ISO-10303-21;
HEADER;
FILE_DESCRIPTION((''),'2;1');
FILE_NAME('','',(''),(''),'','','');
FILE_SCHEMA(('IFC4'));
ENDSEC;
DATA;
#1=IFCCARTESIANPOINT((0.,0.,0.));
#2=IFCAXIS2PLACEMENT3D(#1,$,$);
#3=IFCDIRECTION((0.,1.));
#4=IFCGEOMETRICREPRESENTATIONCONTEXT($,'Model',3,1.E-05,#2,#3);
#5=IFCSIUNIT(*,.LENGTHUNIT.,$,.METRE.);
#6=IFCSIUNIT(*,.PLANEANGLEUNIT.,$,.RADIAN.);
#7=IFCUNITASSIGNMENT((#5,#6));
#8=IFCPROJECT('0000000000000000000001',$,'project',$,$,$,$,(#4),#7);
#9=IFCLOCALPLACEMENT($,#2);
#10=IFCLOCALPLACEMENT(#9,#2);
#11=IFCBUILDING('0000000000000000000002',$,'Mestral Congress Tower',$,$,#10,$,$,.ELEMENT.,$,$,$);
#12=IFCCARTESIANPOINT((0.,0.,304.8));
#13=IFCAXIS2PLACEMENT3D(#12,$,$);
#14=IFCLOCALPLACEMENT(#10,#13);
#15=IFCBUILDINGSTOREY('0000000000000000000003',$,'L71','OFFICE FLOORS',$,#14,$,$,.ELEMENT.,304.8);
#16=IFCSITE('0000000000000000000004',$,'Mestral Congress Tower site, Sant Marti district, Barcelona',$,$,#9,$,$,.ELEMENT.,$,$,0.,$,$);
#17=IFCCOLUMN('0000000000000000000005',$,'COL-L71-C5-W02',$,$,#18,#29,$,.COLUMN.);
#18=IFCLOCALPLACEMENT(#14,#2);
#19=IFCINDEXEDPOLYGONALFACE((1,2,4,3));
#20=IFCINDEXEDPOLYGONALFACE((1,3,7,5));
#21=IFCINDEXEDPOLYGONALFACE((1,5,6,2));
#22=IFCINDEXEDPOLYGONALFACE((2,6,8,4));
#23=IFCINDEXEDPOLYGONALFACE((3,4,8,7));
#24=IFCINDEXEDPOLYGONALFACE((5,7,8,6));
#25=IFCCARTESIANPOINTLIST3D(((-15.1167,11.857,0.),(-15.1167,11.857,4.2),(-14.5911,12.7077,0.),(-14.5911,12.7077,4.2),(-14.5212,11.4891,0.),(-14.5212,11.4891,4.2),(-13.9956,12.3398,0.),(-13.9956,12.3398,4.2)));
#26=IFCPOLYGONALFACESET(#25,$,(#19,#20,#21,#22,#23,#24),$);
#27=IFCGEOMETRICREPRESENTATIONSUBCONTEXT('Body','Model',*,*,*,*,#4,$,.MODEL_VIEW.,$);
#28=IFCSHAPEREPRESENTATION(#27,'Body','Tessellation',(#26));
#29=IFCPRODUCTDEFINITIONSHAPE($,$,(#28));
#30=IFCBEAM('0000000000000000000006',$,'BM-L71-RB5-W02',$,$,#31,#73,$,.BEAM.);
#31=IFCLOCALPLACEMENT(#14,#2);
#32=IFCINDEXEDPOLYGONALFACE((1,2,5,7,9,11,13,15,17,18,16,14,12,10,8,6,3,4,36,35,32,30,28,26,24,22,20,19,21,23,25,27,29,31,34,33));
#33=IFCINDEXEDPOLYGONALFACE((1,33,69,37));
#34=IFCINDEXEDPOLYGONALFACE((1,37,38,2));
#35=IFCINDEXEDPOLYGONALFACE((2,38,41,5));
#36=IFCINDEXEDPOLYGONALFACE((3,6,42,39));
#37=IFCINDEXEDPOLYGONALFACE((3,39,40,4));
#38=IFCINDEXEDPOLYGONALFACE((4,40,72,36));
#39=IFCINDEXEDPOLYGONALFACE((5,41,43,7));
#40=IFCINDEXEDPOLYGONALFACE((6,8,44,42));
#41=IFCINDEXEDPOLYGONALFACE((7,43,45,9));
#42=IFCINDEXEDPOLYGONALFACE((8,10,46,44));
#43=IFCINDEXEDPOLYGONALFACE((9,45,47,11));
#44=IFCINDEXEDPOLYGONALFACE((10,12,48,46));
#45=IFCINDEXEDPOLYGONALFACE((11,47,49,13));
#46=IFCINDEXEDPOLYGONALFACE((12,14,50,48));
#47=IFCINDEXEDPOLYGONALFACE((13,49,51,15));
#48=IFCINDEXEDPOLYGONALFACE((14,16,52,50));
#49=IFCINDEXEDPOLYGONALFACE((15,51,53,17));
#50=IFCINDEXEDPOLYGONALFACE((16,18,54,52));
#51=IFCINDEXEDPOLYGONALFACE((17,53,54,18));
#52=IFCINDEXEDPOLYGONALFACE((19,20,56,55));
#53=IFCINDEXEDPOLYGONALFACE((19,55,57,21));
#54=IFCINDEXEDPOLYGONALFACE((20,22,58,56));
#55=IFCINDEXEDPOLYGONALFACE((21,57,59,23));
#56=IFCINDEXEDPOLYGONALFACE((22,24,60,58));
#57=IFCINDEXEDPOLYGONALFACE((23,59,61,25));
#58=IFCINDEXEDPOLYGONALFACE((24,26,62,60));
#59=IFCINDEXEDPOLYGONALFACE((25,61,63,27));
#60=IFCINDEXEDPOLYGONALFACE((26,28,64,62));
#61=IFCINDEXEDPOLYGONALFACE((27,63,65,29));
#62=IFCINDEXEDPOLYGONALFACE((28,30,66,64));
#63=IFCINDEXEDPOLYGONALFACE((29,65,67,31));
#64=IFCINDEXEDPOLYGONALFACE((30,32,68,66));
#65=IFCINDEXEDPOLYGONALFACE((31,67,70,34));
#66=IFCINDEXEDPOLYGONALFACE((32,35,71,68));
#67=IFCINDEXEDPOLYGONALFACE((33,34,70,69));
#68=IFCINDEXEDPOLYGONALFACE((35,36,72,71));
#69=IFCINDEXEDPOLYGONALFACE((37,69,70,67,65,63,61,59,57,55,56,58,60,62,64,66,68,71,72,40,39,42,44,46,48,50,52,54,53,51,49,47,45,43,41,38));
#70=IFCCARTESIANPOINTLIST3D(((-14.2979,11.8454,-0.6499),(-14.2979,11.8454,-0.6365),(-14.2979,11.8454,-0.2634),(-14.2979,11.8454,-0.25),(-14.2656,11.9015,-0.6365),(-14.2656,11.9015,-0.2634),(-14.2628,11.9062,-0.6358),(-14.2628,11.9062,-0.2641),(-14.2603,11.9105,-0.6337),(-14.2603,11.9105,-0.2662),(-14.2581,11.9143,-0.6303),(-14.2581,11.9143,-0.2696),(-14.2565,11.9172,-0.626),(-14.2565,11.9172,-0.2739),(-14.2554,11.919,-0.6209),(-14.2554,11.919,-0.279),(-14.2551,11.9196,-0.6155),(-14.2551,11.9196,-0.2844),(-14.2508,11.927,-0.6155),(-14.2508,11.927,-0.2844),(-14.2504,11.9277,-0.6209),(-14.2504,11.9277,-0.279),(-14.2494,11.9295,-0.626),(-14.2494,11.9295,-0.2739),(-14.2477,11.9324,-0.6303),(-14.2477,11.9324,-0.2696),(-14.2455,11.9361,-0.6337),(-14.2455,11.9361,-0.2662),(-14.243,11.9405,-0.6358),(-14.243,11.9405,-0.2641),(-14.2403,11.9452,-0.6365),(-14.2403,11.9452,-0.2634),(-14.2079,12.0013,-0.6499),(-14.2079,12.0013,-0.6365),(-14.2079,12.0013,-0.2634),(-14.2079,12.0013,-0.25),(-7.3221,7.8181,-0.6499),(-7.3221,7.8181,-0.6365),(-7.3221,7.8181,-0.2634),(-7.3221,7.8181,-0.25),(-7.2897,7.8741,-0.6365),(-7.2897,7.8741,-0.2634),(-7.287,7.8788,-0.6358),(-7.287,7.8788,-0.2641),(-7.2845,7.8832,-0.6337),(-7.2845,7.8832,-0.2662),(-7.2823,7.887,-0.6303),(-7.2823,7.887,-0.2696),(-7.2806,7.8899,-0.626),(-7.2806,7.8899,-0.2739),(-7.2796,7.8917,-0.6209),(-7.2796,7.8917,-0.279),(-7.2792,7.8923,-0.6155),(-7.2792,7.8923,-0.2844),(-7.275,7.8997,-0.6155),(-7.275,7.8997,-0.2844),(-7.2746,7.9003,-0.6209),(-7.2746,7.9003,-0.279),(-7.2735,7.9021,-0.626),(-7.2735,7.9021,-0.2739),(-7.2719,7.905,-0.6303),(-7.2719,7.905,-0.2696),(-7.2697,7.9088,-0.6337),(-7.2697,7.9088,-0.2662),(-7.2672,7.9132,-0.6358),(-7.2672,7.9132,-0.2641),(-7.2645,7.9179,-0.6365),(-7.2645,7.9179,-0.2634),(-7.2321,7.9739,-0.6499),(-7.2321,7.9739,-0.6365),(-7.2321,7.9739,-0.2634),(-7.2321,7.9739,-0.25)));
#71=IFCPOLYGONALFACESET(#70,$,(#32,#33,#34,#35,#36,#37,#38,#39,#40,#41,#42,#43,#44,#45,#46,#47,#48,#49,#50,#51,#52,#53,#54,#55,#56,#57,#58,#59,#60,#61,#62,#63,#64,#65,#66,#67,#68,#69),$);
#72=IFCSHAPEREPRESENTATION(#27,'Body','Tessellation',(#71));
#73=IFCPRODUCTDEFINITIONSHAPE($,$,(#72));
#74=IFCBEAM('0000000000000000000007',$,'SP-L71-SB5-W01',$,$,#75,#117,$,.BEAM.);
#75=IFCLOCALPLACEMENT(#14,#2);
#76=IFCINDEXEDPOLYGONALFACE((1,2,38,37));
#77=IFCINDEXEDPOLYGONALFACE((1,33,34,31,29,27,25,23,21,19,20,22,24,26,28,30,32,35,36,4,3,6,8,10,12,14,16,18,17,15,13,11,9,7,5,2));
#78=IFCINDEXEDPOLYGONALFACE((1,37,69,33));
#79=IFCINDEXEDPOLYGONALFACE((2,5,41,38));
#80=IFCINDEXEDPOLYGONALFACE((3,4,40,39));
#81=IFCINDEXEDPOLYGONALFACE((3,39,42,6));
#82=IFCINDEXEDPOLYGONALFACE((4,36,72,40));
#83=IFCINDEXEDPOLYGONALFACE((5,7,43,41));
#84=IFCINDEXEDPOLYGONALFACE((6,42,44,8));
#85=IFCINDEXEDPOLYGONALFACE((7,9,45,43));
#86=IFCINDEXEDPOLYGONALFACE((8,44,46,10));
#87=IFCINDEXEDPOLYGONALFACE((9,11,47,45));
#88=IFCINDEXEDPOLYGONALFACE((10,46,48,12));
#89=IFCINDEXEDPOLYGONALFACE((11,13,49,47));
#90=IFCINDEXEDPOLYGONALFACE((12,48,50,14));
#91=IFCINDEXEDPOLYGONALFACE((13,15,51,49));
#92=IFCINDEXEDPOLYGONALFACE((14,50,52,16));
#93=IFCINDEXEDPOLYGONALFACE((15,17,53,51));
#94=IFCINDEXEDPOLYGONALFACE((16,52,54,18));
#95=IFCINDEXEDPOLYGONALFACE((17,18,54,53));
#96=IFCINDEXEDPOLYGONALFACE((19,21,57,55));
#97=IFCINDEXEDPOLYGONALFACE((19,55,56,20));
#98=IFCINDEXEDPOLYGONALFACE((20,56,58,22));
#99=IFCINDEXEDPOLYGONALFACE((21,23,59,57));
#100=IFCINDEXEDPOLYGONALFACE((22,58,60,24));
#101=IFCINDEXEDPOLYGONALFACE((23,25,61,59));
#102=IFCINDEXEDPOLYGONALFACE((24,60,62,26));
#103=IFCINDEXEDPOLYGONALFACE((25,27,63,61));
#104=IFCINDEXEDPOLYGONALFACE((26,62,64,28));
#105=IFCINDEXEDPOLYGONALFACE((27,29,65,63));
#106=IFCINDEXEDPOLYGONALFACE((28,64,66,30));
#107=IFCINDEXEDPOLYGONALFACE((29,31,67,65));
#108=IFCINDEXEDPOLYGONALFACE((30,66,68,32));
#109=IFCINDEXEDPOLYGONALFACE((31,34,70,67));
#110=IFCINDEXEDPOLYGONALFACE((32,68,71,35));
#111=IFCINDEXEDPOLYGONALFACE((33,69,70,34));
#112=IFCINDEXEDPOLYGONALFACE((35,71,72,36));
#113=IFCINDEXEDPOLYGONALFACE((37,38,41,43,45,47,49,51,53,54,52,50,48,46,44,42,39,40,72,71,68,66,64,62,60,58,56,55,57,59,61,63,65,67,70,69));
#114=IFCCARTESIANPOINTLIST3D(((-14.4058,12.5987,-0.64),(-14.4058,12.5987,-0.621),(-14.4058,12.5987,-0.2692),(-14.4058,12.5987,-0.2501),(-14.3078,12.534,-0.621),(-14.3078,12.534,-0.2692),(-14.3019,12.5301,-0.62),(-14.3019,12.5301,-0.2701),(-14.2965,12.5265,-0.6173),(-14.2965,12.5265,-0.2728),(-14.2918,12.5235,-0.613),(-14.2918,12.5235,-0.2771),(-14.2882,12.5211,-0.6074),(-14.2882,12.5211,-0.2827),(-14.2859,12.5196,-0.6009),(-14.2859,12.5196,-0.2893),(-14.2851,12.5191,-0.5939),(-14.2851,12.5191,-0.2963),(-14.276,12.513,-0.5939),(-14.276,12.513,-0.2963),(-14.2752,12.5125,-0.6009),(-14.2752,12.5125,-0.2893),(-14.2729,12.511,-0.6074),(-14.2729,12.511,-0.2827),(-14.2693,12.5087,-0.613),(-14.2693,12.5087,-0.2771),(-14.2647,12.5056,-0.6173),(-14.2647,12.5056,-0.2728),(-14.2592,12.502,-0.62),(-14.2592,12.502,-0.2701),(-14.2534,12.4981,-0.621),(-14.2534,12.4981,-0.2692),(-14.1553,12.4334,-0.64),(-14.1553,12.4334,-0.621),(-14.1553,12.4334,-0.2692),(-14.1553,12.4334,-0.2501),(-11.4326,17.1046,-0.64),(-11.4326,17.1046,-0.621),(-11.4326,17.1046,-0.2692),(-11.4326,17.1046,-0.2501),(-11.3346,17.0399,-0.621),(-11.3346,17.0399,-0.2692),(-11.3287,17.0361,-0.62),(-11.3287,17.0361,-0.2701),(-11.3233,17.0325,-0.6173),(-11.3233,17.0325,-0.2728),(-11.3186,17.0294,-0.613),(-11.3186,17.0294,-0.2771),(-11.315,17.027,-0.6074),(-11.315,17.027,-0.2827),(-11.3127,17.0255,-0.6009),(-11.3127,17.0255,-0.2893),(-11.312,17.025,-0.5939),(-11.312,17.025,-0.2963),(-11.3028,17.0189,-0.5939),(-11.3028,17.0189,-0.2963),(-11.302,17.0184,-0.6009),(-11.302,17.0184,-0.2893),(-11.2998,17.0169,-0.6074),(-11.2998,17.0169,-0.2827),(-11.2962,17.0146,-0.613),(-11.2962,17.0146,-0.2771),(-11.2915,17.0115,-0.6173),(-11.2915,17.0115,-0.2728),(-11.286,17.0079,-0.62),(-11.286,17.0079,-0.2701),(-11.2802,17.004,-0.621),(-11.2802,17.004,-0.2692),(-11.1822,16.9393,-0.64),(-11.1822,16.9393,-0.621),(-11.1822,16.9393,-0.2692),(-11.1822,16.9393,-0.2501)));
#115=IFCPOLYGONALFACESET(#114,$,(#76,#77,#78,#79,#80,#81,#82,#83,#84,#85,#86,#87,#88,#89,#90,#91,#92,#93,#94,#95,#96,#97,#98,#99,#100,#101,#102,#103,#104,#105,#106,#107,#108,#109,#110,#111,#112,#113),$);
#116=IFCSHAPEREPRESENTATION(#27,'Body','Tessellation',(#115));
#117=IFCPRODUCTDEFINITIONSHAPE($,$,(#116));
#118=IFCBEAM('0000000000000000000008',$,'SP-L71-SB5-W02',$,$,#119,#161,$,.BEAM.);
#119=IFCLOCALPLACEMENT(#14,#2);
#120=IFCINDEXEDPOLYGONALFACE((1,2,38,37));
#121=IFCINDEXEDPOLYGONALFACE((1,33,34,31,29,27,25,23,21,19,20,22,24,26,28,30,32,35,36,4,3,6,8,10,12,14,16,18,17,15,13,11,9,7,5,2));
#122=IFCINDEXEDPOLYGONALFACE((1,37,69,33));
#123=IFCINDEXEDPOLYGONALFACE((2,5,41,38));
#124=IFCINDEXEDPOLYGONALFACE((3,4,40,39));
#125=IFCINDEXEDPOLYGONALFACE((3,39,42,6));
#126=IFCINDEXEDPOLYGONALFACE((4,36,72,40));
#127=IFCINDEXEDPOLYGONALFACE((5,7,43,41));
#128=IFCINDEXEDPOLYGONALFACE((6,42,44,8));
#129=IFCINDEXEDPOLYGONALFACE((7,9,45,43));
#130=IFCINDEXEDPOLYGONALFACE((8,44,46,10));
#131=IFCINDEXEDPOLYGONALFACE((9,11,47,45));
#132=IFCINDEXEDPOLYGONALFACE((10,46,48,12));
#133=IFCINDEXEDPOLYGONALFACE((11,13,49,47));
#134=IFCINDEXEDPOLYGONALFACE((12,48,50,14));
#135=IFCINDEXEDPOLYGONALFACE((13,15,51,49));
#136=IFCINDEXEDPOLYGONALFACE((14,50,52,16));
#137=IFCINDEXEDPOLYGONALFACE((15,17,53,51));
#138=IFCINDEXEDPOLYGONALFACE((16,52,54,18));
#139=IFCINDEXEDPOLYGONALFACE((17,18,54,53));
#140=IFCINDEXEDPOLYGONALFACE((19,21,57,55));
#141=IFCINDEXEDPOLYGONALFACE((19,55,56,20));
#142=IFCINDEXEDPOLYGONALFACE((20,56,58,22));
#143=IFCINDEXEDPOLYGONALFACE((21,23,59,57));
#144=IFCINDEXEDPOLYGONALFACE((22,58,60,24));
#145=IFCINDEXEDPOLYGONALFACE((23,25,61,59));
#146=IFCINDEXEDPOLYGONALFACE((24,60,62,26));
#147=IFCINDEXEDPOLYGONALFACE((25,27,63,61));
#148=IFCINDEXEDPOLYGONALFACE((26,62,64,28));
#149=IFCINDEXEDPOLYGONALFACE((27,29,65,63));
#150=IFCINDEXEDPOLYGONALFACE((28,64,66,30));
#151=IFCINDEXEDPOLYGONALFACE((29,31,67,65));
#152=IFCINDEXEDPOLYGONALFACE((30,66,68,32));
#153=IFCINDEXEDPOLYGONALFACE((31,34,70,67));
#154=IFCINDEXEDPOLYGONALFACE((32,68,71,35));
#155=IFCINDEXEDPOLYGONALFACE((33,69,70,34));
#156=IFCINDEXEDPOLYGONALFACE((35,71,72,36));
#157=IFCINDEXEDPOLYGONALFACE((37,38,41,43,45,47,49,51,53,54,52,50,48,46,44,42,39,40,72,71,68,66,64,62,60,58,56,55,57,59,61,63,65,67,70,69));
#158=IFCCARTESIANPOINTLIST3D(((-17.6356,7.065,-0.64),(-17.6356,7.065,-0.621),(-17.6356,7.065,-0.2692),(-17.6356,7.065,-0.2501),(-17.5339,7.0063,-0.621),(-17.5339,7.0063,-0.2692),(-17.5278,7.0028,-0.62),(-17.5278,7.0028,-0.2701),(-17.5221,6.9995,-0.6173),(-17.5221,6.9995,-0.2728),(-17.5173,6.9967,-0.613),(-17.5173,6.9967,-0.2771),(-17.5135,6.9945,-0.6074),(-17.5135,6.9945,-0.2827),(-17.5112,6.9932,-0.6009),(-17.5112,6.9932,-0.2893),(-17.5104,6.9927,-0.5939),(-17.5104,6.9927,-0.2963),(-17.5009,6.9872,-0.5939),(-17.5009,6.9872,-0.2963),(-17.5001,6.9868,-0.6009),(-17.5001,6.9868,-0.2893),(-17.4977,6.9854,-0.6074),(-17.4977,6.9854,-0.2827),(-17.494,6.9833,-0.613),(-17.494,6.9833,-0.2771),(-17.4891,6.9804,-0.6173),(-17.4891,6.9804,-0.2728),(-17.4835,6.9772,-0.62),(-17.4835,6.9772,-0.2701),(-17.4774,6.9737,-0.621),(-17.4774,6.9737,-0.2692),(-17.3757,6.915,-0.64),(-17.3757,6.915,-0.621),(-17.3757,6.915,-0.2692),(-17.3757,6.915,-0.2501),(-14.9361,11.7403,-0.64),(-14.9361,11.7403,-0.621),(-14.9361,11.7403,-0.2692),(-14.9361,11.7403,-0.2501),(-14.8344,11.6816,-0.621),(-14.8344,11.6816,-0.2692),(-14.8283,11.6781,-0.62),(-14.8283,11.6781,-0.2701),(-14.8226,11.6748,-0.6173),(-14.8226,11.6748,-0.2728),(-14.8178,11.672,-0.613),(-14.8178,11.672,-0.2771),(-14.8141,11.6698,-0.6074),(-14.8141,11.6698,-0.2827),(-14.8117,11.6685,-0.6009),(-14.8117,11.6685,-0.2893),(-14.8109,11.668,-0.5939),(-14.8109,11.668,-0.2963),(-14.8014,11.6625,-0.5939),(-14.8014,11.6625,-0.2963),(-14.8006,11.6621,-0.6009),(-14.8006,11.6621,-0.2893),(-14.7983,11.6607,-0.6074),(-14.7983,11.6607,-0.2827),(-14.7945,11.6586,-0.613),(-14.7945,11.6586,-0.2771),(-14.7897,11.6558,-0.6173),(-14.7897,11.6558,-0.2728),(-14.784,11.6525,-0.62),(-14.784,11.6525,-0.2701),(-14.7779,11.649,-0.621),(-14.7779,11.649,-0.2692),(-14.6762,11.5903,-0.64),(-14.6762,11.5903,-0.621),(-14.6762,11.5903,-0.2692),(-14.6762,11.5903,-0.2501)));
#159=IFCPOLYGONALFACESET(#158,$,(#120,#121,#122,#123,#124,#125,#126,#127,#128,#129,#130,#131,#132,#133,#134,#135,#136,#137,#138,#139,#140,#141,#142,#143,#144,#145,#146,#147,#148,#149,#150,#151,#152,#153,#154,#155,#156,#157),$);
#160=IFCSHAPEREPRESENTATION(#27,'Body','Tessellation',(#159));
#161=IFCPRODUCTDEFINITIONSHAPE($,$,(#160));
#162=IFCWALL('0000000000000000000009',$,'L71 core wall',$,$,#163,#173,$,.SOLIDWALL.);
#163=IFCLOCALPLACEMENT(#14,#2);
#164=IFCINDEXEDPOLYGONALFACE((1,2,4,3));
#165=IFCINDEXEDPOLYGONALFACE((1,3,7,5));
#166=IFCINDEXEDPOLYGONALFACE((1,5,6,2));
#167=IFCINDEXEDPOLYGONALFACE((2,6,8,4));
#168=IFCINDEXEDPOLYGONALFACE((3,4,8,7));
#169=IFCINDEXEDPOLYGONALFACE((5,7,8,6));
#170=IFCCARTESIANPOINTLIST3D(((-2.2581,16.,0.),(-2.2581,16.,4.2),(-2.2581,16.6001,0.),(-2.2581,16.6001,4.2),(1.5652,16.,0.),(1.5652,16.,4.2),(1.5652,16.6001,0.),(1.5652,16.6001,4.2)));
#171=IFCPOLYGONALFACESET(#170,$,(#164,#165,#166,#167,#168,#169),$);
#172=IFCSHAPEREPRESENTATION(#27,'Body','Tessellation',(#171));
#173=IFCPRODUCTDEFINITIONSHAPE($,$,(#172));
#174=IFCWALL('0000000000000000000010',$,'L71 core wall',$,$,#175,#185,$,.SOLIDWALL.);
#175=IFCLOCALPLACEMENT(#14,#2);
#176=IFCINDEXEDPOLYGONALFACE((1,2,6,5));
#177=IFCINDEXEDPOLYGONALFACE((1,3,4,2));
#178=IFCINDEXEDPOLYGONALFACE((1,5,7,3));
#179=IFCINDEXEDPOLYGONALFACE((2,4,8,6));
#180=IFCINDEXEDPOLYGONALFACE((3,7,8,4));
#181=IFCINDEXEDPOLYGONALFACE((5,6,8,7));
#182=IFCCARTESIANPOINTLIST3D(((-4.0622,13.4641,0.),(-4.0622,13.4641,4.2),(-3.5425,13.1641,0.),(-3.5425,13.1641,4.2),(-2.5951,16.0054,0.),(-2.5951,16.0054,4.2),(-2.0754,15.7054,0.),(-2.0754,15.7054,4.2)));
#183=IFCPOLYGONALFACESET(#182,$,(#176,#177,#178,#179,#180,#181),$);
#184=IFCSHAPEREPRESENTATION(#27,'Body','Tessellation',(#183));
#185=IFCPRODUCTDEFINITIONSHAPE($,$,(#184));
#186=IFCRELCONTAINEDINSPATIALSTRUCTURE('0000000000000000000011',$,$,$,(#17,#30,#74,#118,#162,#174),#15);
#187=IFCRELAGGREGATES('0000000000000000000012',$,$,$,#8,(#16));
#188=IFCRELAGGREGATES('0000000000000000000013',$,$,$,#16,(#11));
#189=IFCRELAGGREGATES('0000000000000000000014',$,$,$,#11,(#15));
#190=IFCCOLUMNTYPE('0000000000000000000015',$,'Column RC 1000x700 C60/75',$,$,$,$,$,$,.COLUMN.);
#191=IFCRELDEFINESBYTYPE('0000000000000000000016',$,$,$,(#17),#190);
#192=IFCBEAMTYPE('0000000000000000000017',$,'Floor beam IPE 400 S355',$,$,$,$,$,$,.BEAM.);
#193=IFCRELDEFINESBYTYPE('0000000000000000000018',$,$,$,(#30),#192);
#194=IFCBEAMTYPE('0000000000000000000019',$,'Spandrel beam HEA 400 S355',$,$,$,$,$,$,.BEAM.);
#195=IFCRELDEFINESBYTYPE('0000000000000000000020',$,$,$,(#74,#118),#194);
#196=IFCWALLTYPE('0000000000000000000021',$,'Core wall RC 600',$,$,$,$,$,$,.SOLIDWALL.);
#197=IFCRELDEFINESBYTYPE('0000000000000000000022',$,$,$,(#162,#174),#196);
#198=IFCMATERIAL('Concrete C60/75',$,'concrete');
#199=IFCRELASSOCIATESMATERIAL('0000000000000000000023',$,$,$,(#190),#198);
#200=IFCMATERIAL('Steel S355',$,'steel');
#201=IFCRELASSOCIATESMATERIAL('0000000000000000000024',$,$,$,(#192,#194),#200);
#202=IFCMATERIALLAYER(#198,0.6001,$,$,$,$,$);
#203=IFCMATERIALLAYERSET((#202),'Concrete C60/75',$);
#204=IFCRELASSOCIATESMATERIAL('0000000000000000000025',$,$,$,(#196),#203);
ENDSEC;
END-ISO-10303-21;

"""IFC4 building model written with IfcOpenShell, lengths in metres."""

from ifc_helpers import new_model, si_unit, direction, frame, frame_2d, origin, origin_2d, place, context, subcontext, project, spatial, rectangle, i_section, extrude, material, layer, layer_set, material_profile, profile_set, type_object, element, save


model = new_model("IFC4")

# Units and contexts
model_context = context("Model", 3, precision=1e-05, world=origin(), true_north=direction((0.0, 1.0)))
body_context = subcontext(model_context, "Body", "Model", "MODEL_VIEW")
ifc_project = project(units=[si_unit("LENGTHUNIT", "METRE"), si_unit("PLANEANGLEUNIT", "RADIAN")], contexts=[model_context])

# Site, building, storey
site_placement = place(None, origin())
site = spatial("IfcSite", under=ifc_project, at=site_placement, Name="Mestral Congress Tower site, Sant Marti district, Barcelona", CompositionType="ELEMENT", RefElevation=0.0)
building_placement = place(site_placement, origin())
building = spatial("IfcBuilding", under=site, at=building_placement, Name="Mestral Congress Tower", CompositionType="ELEMENT")
storey_placement = place(building_placement, frame((0.0, 0.0, 304.8)))
storey = spatial("IfcBuildingStorey", under=building, at=storey_placement, Name="L71", Description="OFFICE FLOORS", CompositionType="ELEMENT", Elevation=304.8)

# Column
ifc_material_1 = material(Name="Concrete C60/75", Category="concrete")
ifc_material_profile_1 = material_profile(ifc_material_1, rectangle(XDim=1.0, YDim=0.7, at=origin_2d()), Name="RC 1000x700")
ifc_profile_set_1 = profile_set([ifc_material_profile_1], Name="Concrete C60/75")
column_type = type_object("IfcColumnType", Name="Column RC 1000x700 C60/75", PredefinedType="COLUMN", material=ifc_profile_set_1)
column_placement = place(storey_placement, frame((-14.5562, 12.0984, 0.0), z_axis=(0.0, 0.0, 1.0), x_axis=(-0.52561, -0.850726, 0.0)))
element("IfcColumn", 1, at=column_placement, inside=storey, type_object=column_type, Name="COL-L71-C5-W02", PredefinedType="COLUMN", context=body_context, shape_type="SweptSolid", body=[
    extrude(rectangle(XDim=1.0, YDim=0.7, at=origin_2d()), origin(), (0.0, 0.0, 1.0), 4.2),
])

# Beams
ifc_material_2 = material(Name="Steel S355", Category="steel")
ifc_material_profile_2 = material_profile(ifc_material_2, i_section(OverallWidth=0.1799, OverallDepth=0.3999, WebThickness=0.0085, FlangeThickness=0.0134, FilletRadius=0.021, at=origin_2d()), Name="IPE 400")
ifc_profile_set_2 = profile_set([ifc_material_profile_2], Name="Steel S355")
beam_type_1 = type_object("IfcBeamType", Name="Floor beam IPE 400 S355", PredefinedType="BEAM", material=ifc_profile_set_2)
beam_1_placement = place(storey_placement, frame((-14.2529, 11.9233, -0.45), z_axis=(0.866034, -0.499986, 0.0), x_axis=(0.499986, 0.866034, 0.0)))
element("IfcBeam", 2, at=beam_1_placement, inside=storey, type_object=beam_type_1, Name="BM-L71-RB5-W02", PredefinedType="BEAM", context=body_context, shape_type="SweptSolid", body=[
    extrude(i_section(OverallWidth=0.1799, OverallDepth=0.3999, WebThickness=0.0085, FlangeThickness=0.0134, FilletRadius=0.021, at=origin_2d()), origin(), (0.0, 0.0, 1.0), 8.0549),
])
ifc_material_profile_3 = material_profile(ifc_material_2, i_section(OverallWidth=0.3, OverallDepth=0.3899, WebThickness=0.011, FlangeThickness=0.019, FilletRadius=0.0271, at=origin_2d()), Name="HEA 400")
ifc_profile_set_3 = profile_set([ifc_material_profile_3], Name="Steel S355")
beam_type_2 = type_object("IfcBeamType", Name="Spandrel beam HEA 400 S355", PredefinedType="BEAM", material=ifc_profile_set_3)
beam_2_placement = place(storey_placement, frame((-11.3074, 17.022, -0.4451), z_axis=(-0.550749, -0.834671, 0.0), x_axis=(0.834671, -0.550749, 0.0)))
element("IfcBeam", 3, at=beam_2_placement, inside=storey, type_object=beam_type_2, Name="SP-L71-SB5-W01", PredefinedType="BEAM", context=body_context, shape_type="SweptSolid", body=[
    extrude(i_section(OverallWidth=0.3, OverallDepth=0.3899, WebThickness=0.011, FlangeThickness=0.019, FilletRadius=0.0271, at=origin_2d()), origin(), (0.0, 0.0, 1.0), 5.3984),
])
beam_3_placement = place(storey_placement, frame((-14.8062, 11.6653, -0.4451), z_axis=(-0.500025, -0.866011, 0.0), x_axis=(0.866011, -0.500025, 0.0)))
element("IfcBeam", 4, at=beam_3_placement, inside=storey, type_object=beam_type_2, Name="SP-L71-SB5-W02", PredefinedType="BEAM", context=body_context, shape_type="SweptSolid", body=[
    extrude(i_section(OverallWidth=0.3, OverallDepth=0.3899, WebThickness=0.011, FlangeThickness=0.019, FilletRadius=0.0271, at=origin_2d()), origin(), (0.0, 0.0, 1.0), 5.3987),
])

# Walls
ifc_layer_1 = layer(ifc_material_1, 0.6001)
ifc_layer_set_1 = layer_set([ifc_layer_1], Name="Concrete C60/75")
wall_type_1 = type_object("IfcWallType", Name="Core wall RC 600", PredefinedType="SOLIDWALL", material=ifc_layer_set_1)
wall_1_placement = place(storey_placement, frame((-2.2581, 16.3, 0.0), z_axis=(0.0, 0.0, 1.0), x_axis=(1.0, 0.0, 0.0)))
element("IfcWall", 5, at=wall_1_placement, inside=storey, type_object=wall_type_1, Name="L71 core wall", PredefinedType="SOLIDWALL", context=body_context, shape_type="SweptSolid", body=[
    extrude(rectangle(XDim=3.8232, YDim=0.6001, at=frame_2d((1.9116, 0.0))), origin(), (0.0, 0.0, 1.0), 4.2),
])
wall_2_placement = place(storey_placement, frame((-2.3352, 15.8555, 0.0), z_axis=(0.0, 0.0, 1.0), x_axis=(-0.49996, -0.866048, 0.0)))
element("IfcWall", 6, at=wall_2_placement, inside=storey, type_object=wall_type_1, Name="L71 core wall", PredefinedType="SOLIDWALL", context=body_context, shape_type="SweptSolid", body=[
    extrude(rectangle(XDim=2.9343, YDim=0.6001, at=frame_2d((1.4673, 0.0))), origin(), (0.0, 0.0, 1.0), 4.2),
])

save(model, "model.ifc")
